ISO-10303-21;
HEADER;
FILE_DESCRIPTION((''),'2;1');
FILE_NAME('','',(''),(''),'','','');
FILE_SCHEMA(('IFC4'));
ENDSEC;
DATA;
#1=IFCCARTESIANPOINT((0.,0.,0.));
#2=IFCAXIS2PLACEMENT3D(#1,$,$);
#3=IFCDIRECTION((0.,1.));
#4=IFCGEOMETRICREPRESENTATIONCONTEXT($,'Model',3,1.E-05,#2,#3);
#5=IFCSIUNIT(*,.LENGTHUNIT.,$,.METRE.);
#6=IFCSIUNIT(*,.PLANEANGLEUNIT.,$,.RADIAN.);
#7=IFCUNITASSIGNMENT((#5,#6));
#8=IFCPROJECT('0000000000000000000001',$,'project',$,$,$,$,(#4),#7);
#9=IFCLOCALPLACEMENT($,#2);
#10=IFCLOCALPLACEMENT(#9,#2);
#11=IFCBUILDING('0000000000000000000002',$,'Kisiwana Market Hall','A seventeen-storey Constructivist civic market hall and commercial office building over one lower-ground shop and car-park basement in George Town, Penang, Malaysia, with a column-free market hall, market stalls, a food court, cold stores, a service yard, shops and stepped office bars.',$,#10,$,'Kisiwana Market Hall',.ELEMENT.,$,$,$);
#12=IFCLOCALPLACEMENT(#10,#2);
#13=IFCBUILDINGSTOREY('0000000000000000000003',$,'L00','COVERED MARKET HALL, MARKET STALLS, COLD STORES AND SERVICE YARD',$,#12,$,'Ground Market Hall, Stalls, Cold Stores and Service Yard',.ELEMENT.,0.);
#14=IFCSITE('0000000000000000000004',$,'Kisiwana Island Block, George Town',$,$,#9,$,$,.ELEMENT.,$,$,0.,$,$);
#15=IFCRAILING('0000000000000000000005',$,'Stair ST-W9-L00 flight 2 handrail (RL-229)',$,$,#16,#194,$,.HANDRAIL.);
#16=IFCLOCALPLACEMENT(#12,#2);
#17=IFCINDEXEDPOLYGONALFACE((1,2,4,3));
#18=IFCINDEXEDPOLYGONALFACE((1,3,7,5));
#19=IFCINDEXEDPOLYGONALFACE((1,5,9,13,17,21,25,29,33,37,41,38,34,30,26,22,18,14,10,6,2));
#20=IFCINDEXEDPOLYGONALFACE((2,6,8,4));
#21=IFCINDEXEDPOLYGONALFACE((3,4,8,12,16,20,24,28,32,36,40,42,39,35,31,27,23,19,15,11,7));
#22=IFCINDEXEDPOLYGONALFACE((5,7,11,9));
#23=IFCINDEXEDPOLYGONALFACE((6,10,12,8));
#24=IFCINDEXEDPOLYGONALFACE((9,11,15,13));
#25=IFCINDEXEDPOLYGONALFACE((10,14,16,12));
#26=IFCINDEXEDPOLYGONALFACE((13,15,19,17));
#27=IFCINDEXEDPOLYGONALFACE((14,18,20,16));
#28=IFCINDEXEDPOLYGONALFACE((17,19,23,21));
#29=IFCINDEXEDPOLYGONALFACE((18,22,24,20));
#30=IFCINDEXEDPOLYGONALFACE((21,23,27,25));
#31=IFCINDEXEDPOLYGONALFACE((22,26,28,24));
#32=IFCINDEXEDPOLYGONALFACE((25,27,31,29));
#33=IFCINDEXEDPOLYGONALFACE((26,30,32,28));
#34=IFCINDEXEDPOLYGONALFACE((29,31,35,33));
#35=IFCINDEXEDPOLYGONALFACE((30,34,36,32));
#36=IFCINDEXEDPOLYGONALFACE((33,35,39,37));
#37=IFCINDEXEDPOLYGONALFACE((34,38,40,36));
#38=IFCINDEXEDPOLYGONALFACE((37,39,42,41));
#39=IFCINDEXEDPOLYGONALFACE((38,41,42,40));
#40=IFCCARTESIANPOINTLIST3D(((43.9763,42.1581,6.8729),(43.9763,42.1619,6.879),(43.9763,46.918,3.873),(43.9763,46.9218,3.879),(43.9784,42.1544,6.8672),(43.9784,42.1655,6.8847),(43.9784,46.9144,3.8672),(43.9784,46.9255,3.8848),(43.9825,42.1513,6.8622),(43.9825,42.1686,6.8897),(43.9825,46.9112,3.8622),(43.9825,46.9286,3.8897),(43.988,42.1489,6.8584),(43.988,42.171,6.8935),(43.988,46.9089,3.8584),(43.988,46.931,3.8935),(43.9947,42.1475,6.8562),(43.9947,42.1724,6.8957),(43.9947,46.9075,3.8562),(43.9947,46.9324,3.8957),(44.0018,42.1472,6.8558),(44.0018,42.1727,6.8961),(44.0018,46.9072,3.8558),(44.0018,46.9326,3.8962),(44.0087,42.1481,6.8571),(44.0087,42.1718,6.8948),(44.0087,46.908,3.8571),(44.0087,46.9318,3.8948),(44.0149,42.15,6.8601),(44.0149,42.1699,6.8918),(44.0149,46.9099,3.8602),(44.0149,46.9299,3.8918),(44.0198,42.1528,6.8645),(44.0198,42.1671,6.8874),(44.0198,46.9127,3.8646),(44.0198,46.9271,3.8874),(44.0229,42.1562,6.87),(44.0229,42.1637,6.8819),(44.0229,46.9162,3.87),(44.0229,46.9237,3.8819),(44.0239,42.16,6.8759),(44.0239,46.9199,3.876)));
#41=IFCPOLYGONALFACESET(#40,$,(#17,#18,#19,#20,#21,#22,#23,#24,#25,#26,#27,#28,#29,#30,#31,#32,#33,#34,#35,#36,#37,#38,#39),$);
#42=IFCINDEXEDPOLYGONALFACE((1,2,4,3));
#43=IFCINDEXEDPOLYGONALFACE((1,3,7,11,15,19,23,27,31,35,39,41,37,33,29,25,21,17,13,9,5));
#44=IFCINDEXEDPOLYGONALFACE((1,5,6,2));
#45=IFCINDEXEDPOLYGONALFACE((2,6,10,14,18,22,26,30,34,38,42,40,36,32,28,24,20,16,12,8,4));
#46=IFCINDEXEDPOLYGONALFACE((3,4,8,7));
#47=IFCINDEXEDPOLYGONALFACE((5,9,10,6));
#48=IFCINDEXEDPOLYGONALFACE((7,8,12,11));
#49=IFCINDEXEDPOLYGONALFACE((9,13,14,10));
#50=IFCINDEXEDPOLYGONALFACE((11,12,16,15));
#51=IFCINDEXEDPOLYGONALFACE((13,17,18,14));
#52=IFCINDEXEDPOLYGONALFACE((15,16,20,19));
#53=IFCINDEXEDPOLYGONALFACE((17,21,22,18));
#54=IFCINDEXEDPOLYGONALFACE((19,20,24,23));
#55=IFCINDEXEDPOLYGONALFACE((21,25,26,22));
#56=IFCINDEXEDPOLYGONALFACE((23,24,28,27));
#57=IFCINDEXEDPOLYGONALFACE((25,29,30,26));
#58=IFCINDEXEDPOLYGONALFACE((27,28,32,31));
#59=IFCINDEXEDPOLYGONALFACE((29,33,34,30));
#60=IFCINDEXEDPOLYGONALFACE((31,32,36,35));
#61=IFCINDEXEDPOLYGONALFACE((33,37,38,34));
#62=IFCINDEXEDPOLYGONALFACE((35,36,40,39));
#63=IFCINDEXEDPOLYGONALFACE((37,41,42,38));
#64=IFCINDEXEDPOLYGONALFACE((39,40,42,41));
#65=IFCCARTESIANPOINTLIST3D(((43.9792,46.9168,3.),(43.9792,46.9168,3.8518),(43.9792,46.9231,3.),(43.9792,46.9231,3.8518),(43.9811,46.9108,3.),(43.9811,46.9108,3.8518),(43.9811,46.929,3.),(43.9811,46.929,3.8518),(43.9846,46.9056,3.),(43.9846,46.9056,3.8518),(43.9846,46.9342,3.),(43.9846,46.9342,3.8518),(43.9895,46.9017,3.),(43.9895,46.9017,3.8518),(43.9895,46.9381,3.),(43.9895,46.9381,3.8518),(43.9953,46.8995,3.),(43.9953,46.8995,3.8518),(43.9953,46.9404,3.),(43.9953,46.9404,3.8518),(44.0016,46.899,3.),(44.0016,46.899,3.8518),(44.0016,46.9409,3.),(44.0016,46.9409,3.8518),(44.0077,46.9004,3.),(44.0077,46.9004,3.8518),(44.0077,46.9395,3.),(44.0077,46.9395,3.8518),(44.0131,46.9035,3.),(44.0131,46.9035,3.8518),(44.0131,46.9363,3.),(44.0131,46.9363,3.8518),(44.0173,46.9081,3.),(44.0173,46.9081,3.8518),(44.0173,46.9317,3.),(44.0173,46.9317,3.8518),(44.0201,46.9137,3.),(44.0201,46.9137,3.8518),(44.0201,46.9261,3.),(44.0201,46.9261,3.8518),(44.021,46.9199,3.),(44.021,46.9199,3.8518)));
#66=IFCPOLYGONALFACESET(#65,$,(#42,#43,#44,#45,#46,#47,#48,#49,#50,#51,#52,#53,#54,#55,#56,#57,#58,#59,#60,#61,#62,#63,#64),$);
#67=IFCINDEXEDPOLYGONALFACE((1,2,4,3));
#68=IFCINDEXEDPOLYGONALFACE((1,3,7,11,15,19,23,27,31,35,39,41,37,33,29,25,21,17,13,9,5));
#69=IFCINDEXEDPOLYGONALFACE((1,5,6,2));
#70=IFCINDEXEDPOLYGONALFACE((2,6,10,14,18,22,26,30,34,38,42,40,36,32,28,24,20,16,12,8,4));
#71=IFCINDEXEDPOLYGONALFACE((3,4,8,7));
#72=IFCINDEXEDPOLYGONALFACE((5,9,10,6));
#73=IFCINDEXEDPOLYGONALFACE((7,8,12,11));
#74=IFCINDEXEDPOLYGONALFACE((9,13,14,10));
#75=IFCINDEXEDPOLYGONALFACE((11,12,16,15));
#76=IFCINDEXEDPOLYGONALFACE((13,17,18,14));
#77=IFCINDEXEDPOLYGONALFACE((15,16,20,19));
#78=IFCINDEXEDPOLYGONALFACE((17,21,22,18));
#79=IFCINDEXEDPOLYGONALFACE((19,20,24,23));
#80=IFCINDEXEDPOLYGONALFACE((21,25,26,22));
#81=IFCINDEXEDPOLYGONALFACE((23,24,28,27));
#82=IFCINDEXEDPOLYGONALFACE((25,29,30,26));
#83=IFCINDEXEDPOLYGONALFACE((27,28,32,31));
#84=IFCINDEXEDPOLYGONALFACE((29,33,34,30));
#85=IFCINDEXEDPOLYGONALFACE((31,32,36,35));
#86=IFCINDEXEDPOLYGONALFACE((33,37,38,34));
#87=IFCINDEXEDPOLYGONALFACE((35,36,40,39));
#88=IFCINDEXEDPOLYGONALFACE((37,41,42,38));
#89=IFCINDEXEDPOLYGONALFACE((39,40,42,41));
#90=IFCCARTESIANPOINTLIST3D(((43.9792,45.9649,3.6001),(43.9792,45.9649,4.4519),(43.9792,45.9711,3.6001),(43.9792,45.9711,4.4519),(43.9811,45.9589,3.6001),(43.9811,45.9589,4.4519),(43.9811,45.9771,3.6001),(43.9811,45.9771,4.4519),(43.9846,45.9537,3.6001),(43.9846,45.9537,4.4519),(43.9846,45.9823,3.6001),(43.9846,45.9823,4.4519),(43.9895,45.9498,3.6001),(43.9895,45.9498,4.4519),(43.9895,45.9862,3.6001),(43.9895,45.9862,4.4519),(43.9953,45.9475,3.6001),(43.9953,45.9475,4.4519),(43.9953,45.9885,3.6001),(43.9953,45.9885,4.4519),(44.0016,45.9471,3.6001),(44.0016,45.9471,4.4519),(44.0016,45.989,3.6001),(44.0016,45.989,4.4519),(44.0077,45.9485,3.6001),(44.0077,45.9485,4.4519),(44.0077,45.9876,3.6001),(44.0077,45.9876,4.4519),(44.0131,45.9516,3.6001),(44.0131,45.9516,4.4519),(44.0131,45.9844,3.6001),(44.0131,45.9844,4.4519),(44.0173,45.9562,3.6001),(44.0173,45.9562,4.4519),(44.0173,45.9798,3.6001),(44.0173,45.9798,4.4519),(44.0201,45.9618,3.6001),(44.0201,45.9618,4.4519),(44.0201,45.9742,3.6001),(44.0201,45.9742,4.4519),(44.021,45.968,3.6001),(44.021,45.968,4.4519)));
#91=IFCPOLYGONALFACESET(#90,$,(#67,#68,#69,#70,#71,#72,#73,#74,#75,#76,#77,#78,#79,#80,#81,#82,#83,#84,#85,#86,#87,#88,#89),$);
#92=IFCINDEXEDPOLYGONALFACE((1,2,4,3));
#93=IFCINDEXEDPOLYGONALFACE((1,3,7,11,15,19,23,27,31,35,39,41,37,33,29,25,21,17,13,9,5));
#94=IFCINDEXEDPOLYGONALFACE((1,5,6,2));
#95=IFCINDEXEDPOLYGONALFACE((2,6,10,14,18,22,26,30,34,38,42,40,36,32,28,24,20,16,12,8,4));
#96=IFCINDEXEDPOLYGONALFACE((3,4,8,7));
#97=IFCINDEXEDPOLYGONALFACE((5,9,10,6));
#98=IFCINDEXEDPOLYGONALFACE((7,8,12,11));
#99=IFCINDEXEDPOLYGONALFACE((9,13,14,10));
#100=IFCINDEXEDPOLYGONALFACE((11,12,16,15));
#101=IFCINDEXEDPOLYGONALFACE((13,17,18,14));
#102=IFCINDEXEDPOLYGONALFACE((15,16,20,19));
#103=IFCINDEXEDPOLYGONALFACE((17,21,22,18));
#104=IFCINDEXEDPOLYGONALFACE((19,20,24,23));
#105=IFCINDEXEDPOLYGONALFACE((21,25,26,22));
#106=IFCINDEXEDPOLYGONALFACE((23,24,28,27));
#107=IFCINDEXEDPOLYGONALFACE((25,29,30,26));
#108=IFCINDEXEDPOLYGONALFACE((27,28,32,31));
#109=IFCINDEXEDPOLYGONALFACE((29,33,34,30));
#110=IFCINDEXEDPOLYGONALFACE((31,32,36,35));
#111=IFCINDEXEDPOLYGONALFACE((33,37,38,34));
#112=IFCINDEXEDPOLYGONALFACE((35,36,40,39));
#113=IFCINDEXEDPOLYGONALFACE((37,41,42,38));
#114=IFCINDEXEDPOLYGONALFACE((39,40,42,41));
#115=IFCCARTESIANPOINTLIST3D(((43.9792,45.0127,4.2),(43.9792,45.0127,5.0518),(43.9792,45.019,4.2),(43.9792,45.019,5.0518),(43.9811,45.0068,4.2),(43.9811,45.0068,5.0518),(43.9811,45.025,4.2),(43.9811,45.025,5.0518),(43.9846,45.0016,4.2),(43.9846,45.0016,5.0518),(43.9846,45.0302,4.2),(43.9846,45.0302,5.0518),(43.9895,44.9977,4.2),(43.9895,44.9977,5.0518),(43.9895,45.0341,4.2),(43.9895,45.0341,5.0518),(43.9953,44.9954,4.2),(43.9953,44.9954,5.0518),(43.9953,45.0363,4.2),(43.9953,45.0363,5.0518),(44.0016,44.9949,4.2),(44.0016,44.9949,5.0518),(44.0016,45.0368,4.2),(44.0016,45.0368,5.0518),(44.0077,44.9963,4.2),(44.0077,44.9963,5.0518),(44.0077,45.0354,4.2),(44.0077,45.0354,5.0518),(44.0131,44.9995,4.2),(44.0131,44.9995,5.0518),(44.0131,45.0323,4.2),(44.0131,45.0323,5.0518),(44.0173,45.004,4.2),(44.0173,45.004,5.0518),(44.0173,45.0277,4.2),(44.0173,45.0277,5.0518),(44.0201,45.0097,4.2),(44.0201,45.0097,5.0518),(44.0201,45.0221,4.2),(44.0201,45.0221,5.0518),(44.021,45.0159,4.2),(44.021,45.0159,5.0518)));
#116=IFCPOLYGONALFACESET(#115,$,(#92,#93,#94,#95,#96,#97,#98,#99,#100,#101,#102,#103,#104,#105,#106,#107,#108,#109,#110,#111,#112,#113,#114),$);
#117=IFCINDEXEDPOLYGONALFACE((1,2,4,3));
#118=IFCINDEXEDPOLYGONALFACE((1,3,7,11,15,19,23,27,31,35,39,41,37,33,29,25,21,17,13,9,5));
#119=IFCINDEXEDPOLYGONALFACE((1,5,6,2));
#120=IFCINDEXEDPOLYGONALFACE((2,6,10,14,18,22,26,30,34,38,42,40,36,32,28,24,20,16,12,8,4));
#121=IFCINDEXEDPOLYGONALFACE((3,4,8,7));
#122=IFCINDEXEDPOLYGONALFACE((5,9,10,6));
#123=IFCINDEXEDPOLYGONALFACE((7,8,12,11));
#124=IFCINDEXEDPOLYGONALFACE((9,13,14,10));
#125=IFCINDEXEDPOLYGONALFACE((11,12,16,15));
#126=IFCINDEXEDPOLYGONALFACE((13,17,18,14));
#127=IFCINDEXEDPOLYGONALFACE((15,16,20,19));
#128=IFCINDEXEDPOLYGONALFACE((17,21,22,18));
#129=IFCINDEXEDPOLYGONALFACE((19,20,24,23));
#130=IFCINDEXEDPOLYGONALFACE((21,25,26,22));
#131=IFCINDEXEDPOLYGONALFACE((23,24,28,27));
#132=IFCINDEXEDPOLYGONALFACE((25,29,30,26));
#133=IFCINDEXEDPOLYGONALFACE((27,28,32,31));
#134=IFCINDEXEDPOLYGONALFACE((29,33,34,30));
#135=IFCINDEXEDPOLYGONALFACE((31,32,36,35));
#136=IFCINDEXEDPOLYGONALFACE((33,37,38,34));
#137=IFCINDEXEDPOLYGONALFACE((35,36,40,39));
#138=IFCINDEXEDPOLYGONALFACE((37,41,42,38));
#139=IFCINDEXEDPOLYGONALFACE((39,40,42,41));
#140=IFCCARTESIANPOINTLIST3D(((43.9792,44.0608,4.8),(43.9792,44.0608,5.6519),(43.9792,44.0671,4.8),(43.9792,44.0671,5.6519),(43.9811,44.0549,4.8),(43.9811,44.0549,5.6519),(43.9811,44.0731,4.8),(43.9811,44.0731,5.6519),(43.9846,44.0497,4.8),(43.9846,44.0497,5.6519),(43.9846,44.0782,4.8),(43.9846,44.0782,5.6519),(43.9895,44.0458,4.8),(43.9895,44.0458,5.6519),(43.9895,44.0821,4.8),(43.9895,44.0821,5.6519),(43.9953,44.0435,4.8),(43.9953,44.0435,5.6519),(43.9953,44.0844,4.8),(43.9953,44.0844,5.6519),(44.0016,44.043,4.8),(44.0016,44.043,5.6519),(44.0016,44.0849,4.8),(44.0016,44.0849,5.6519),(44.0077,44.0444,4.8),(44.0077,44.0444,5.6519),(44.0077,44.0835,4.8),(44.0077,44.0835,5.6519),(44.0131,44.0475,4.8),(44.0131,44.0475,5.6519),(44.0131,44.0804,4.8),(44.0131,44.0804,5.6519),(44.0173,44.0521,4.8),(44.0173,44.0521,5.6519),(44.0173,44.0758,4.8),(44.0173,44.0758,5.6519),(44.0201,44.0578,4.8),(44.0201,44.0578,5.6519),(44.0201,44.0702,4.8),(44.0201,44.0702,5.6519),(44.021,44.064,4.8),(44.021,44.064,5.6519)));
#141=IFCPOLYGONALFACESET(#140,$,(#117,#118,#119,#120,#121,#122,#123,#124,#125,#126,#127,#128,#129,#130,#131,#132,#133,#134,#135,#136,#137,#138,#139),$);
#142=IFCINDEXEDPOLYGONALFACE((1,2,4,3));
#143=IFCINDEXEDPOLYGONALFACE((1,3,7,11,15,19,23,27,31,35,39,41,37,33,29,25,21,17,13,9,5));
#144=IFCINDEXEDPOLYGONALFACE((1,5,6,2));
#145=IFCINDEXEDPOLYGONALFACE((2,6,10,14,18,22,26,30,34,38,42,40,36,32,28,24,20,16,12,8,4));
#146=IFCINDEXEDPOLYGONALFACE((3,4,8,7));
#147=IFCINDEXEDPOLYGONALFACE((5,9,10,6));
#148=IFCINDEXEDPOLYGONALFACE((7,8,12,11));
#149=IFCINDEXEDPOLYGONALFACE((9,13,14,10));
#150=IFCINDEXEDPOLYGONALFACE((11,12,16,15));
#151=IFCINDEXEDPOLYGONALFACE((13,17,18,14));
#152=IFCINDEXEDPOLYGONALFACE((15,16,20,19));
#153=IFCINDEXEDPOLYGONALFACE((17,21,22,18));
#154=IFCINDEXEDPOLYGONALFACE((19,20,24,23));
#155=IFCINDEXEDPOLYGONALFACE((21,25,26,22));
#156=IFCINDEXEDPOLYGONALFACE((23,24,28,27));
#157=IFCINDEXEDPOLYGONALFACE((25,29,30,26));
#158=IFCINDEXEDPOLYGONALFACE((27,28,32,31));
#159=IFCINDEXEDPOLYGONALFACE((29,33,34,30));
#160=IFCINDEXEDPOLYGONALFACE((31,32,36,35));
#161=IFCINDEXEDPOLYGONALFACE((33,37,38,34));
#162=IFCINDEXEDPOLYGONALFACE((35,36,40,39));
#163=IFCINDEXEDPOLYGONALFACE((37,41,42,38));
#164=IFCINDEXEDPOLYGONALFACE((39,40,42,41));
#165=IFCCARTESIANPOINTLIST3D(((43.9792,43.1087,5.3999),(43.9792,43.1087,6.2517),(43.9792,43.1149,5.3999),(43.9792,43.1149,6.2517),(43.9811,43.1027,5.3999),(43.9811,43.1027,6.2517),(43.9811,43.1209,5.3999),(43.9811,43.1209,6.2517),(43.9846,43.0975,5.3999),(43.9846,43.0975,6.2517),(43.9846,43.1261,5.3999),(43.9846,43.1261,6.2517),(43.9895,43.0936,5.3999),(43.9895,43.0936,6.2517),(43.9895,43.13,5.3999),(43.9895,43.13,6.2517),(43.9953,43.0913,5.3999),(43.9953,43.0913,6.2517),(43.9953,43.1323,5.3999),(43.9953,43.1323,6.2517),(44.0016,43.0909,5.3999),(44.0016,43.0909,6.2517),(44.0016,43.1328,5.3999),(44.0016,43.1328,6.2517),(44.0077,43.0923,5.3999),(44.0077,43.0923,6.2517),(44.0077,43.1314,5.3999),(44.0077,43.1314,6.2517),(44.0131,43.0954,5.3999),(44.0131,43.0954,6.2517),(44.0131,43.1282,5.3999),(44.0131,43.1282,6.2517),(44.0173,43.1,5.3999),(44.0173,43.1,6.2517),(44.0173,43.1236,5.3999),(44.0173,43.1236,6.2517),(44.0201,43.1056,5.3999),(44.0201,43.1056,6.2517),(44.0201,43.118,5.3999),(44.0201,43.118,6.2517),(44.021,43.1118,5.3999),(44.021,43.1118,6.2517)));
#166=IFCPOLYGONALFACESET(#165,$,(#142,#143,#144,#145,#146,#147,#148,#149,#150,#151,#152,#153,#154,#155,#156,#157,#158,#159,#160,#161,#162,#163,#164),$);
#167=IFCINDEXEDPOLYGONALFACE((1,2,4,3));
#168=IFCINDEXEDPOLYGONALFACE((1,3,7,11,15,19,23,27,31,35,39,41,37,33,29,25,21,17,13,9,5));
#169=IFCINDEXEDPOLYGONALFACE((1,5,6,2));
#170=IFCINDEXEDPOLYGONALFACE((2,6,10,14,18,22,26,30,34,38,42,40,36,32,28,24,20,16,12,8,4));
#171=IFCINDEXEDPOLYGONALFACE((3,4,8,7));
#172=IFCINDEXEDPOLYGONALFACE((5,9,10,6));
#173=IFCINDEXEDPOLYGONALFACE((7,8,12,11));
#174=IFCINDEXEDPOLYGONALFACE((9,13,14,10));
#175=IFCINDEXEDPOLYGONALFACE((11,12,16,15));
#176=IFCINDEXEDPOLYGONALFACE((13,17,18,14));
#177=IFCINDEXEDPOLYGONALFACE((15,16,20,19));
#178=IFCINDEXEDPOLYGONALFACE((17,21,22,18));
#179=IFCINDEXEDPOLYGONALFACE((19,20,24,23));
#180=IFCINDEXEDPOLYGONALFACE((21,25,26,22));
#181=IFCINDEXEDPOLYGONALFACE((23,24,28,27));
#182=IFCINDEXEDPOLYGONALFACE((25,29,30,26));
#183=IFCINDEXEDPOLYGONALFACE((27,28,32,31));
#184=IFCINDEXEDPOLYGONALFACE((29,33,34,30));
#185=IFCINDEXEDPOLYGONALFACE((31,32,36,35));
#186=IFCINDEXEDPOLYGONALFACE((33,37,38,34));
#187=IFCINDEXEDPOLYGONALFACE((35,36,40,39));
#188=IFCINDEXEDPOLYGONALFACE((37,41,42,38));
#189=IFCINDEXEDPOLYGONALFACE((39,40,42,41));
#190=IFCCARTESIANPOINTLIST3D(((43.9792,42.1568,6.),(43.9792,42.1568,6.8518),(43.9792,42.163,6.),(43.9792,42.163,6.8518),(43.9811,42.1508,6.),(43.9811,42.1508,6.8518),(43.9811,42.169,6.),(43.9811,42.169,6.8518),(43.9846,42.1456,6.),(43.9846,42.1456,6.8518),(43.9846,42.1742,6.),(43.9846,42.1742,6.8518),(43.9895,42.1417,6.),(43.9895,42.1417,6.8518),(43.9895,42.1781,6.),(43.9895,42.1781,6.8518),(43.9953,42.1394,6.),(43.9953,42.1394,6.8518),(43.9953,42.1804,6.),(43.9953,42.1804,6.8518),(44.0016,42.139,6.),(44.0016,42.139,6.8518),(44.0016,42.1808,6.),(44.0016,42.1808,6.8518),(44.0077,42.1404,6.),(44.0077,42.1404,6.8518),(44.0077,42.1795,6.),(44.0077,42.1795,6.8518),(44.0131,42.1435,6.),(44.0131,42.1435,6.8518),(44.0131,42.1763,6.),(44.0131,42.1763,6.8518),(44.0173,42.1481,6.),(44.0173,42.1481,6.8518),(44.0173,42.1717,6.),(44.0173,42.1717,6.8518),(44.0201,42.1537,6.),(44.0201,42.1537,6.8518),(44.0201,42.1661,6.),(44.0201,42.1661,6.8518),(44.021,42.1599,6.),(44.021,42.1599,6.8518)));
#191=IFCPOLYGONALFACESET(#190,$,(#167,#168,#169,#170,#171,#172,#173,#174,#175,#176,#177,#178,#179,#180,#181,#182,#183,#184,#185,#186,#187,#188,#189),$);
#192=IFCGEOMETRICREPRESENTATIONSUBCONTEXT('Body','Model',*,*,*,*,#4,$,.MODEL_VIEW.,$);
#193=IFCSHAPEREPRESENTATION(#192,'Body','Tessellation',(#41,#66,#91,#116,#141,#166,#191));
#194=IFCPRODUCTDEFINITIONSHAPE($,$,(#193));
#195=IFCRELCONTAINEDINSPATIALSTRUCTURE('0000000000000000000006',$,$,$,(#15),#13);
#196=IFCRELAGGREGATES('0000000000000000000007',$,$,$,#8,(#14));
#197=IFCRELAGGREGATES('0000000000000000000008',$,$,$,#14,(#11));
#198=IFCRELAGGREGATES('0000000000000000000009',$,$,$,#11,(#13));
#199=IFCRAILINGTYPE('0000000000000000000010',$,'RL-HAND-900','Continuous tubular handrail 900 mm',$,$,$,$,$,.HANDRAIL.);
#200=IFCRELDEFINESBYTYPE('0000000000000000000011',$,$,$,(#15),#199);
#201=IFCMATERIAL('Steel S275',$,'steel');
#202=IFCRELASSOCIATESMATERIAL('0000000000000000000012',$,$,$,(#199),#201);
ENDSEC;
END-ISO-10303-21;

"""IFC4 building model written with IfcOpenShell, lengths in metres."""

from ifc_helpers import new_model, si_unit, direction, frame, origin, origin_2d, place, context, subcontext, project, spatial, circle, extrude, material, type_object, element, save


model = new_model("IFC4")

# Units and contexts
model_context = context("Model", 3, precision=1e-05, world=origin(), true_north=direction((0.0, 1.0)))
body_context = subcontext(model_context, "Body", "Model", "MODEL_VIEW")
ifc_project = project(units=[si_unit("LENGTHUNIT", "METRE"), si_unit("PLANEANGLEUNIT", "RADIAN")], contexts=[model_context])

# Site, building, storey
site_placement = place(None, origin())
site = spatial("IfcSite", under=ifc_project, at=site_placement, Name="Kisiwana Island Block, George Town", CompositionType="ELEMENT", RefElevation=0.0)
building_placement = place(site_placement, origin())
building = spatial("IfcBuilding", under=site, at=building_placement, Name="Kisiwana Market Hall", Description="A seventeen-storey Constructivist civic market hall and commercial office building over one lower-ground shop and car-park basement in George Town, Penang, Malaysia, with a column-free market hall, market stalls, a food court, cold stores, a service yard, shops and stepped office bars.", LongName="Kisiwana Market Hall", CompositionType="ELEMENT")
storey_placement = place(building_placement, origin())
storey = spatial("IfcBuildingStorey", under=building, at=storey_placement, Name="L00", Description="COVERED MARKET HALL, MARKET STALLS, COLD STORES AND SERVICE YARD", LongName="Ground Market Hall, Stalls, Cold Stores and Service Yard", CompositionType="ELEMENT", Elevation=0.0)

# Railing
ifc_material_1 = material(Name="Steel S275", Category="steel")
railing_type_1 = type_object("IfcRailingType", Name="RL-HAND-900", Description="Continuous tubular handrail 900 mm", PredefinedType="HANDRAIL", material=ifc_material_1)
railing_1_placement = place(storey_placement, frame((44.0, 46.9199, 3.0)))
element("IfcRailing", 1, at=railing_1_placement, inside=storey, type_object=railing_type_1, Name="Stair ST-W9-L00 flight 2 handrail (RL-229)", PredefinedType="HANDRAIL", context=body_context, shape_type="SweptSolid", body=[
    extrude(circle(Radius=0.0239, at=origin_2d()), frame((0.0, 0.0, 0.876), z_axis=(0.0, -0.845996, 0.53319), x_axis=(1.0, 0.0, 0.0)), (0.0, 0.0, 1.0), 5.6265),
    extrude(circle(Radius=0.021, at=origin_2d()), origin(), (0.0, 0.0, 1.0), 0.8518),
    extrude(circle(Radius=0.021, at=origin_2d()), frame((0.0, -0.9519, 0.6001)), (0.0, 0.0, 1.0), 0.8518),
    extrude(circle(Radius=0.021, at=origin_2d()), frame((0.0, -1.9041, 1.2)), (0.0, 0.0, 1.0), 0.8518),
    extrude(circle(Radius=0.021, at=origin_2d()), frame((0.0, -2.856, 1.8)), (0.0, 0.0, 1.0), 0.8518),
    extrude(circle(Radius=0.021, at=origin_2d()), frame((0.0, -3.8081, 2.3999)), (0.0, 0.0, 1.0), 0.8518),
    extrude(circle(Radius=0.021, at=origin_2d()), frame((0.0, -4.76, 3.0)), (0.0, 0.0, 1.0), 0.8518),
])

save(model, "model.ifc")
